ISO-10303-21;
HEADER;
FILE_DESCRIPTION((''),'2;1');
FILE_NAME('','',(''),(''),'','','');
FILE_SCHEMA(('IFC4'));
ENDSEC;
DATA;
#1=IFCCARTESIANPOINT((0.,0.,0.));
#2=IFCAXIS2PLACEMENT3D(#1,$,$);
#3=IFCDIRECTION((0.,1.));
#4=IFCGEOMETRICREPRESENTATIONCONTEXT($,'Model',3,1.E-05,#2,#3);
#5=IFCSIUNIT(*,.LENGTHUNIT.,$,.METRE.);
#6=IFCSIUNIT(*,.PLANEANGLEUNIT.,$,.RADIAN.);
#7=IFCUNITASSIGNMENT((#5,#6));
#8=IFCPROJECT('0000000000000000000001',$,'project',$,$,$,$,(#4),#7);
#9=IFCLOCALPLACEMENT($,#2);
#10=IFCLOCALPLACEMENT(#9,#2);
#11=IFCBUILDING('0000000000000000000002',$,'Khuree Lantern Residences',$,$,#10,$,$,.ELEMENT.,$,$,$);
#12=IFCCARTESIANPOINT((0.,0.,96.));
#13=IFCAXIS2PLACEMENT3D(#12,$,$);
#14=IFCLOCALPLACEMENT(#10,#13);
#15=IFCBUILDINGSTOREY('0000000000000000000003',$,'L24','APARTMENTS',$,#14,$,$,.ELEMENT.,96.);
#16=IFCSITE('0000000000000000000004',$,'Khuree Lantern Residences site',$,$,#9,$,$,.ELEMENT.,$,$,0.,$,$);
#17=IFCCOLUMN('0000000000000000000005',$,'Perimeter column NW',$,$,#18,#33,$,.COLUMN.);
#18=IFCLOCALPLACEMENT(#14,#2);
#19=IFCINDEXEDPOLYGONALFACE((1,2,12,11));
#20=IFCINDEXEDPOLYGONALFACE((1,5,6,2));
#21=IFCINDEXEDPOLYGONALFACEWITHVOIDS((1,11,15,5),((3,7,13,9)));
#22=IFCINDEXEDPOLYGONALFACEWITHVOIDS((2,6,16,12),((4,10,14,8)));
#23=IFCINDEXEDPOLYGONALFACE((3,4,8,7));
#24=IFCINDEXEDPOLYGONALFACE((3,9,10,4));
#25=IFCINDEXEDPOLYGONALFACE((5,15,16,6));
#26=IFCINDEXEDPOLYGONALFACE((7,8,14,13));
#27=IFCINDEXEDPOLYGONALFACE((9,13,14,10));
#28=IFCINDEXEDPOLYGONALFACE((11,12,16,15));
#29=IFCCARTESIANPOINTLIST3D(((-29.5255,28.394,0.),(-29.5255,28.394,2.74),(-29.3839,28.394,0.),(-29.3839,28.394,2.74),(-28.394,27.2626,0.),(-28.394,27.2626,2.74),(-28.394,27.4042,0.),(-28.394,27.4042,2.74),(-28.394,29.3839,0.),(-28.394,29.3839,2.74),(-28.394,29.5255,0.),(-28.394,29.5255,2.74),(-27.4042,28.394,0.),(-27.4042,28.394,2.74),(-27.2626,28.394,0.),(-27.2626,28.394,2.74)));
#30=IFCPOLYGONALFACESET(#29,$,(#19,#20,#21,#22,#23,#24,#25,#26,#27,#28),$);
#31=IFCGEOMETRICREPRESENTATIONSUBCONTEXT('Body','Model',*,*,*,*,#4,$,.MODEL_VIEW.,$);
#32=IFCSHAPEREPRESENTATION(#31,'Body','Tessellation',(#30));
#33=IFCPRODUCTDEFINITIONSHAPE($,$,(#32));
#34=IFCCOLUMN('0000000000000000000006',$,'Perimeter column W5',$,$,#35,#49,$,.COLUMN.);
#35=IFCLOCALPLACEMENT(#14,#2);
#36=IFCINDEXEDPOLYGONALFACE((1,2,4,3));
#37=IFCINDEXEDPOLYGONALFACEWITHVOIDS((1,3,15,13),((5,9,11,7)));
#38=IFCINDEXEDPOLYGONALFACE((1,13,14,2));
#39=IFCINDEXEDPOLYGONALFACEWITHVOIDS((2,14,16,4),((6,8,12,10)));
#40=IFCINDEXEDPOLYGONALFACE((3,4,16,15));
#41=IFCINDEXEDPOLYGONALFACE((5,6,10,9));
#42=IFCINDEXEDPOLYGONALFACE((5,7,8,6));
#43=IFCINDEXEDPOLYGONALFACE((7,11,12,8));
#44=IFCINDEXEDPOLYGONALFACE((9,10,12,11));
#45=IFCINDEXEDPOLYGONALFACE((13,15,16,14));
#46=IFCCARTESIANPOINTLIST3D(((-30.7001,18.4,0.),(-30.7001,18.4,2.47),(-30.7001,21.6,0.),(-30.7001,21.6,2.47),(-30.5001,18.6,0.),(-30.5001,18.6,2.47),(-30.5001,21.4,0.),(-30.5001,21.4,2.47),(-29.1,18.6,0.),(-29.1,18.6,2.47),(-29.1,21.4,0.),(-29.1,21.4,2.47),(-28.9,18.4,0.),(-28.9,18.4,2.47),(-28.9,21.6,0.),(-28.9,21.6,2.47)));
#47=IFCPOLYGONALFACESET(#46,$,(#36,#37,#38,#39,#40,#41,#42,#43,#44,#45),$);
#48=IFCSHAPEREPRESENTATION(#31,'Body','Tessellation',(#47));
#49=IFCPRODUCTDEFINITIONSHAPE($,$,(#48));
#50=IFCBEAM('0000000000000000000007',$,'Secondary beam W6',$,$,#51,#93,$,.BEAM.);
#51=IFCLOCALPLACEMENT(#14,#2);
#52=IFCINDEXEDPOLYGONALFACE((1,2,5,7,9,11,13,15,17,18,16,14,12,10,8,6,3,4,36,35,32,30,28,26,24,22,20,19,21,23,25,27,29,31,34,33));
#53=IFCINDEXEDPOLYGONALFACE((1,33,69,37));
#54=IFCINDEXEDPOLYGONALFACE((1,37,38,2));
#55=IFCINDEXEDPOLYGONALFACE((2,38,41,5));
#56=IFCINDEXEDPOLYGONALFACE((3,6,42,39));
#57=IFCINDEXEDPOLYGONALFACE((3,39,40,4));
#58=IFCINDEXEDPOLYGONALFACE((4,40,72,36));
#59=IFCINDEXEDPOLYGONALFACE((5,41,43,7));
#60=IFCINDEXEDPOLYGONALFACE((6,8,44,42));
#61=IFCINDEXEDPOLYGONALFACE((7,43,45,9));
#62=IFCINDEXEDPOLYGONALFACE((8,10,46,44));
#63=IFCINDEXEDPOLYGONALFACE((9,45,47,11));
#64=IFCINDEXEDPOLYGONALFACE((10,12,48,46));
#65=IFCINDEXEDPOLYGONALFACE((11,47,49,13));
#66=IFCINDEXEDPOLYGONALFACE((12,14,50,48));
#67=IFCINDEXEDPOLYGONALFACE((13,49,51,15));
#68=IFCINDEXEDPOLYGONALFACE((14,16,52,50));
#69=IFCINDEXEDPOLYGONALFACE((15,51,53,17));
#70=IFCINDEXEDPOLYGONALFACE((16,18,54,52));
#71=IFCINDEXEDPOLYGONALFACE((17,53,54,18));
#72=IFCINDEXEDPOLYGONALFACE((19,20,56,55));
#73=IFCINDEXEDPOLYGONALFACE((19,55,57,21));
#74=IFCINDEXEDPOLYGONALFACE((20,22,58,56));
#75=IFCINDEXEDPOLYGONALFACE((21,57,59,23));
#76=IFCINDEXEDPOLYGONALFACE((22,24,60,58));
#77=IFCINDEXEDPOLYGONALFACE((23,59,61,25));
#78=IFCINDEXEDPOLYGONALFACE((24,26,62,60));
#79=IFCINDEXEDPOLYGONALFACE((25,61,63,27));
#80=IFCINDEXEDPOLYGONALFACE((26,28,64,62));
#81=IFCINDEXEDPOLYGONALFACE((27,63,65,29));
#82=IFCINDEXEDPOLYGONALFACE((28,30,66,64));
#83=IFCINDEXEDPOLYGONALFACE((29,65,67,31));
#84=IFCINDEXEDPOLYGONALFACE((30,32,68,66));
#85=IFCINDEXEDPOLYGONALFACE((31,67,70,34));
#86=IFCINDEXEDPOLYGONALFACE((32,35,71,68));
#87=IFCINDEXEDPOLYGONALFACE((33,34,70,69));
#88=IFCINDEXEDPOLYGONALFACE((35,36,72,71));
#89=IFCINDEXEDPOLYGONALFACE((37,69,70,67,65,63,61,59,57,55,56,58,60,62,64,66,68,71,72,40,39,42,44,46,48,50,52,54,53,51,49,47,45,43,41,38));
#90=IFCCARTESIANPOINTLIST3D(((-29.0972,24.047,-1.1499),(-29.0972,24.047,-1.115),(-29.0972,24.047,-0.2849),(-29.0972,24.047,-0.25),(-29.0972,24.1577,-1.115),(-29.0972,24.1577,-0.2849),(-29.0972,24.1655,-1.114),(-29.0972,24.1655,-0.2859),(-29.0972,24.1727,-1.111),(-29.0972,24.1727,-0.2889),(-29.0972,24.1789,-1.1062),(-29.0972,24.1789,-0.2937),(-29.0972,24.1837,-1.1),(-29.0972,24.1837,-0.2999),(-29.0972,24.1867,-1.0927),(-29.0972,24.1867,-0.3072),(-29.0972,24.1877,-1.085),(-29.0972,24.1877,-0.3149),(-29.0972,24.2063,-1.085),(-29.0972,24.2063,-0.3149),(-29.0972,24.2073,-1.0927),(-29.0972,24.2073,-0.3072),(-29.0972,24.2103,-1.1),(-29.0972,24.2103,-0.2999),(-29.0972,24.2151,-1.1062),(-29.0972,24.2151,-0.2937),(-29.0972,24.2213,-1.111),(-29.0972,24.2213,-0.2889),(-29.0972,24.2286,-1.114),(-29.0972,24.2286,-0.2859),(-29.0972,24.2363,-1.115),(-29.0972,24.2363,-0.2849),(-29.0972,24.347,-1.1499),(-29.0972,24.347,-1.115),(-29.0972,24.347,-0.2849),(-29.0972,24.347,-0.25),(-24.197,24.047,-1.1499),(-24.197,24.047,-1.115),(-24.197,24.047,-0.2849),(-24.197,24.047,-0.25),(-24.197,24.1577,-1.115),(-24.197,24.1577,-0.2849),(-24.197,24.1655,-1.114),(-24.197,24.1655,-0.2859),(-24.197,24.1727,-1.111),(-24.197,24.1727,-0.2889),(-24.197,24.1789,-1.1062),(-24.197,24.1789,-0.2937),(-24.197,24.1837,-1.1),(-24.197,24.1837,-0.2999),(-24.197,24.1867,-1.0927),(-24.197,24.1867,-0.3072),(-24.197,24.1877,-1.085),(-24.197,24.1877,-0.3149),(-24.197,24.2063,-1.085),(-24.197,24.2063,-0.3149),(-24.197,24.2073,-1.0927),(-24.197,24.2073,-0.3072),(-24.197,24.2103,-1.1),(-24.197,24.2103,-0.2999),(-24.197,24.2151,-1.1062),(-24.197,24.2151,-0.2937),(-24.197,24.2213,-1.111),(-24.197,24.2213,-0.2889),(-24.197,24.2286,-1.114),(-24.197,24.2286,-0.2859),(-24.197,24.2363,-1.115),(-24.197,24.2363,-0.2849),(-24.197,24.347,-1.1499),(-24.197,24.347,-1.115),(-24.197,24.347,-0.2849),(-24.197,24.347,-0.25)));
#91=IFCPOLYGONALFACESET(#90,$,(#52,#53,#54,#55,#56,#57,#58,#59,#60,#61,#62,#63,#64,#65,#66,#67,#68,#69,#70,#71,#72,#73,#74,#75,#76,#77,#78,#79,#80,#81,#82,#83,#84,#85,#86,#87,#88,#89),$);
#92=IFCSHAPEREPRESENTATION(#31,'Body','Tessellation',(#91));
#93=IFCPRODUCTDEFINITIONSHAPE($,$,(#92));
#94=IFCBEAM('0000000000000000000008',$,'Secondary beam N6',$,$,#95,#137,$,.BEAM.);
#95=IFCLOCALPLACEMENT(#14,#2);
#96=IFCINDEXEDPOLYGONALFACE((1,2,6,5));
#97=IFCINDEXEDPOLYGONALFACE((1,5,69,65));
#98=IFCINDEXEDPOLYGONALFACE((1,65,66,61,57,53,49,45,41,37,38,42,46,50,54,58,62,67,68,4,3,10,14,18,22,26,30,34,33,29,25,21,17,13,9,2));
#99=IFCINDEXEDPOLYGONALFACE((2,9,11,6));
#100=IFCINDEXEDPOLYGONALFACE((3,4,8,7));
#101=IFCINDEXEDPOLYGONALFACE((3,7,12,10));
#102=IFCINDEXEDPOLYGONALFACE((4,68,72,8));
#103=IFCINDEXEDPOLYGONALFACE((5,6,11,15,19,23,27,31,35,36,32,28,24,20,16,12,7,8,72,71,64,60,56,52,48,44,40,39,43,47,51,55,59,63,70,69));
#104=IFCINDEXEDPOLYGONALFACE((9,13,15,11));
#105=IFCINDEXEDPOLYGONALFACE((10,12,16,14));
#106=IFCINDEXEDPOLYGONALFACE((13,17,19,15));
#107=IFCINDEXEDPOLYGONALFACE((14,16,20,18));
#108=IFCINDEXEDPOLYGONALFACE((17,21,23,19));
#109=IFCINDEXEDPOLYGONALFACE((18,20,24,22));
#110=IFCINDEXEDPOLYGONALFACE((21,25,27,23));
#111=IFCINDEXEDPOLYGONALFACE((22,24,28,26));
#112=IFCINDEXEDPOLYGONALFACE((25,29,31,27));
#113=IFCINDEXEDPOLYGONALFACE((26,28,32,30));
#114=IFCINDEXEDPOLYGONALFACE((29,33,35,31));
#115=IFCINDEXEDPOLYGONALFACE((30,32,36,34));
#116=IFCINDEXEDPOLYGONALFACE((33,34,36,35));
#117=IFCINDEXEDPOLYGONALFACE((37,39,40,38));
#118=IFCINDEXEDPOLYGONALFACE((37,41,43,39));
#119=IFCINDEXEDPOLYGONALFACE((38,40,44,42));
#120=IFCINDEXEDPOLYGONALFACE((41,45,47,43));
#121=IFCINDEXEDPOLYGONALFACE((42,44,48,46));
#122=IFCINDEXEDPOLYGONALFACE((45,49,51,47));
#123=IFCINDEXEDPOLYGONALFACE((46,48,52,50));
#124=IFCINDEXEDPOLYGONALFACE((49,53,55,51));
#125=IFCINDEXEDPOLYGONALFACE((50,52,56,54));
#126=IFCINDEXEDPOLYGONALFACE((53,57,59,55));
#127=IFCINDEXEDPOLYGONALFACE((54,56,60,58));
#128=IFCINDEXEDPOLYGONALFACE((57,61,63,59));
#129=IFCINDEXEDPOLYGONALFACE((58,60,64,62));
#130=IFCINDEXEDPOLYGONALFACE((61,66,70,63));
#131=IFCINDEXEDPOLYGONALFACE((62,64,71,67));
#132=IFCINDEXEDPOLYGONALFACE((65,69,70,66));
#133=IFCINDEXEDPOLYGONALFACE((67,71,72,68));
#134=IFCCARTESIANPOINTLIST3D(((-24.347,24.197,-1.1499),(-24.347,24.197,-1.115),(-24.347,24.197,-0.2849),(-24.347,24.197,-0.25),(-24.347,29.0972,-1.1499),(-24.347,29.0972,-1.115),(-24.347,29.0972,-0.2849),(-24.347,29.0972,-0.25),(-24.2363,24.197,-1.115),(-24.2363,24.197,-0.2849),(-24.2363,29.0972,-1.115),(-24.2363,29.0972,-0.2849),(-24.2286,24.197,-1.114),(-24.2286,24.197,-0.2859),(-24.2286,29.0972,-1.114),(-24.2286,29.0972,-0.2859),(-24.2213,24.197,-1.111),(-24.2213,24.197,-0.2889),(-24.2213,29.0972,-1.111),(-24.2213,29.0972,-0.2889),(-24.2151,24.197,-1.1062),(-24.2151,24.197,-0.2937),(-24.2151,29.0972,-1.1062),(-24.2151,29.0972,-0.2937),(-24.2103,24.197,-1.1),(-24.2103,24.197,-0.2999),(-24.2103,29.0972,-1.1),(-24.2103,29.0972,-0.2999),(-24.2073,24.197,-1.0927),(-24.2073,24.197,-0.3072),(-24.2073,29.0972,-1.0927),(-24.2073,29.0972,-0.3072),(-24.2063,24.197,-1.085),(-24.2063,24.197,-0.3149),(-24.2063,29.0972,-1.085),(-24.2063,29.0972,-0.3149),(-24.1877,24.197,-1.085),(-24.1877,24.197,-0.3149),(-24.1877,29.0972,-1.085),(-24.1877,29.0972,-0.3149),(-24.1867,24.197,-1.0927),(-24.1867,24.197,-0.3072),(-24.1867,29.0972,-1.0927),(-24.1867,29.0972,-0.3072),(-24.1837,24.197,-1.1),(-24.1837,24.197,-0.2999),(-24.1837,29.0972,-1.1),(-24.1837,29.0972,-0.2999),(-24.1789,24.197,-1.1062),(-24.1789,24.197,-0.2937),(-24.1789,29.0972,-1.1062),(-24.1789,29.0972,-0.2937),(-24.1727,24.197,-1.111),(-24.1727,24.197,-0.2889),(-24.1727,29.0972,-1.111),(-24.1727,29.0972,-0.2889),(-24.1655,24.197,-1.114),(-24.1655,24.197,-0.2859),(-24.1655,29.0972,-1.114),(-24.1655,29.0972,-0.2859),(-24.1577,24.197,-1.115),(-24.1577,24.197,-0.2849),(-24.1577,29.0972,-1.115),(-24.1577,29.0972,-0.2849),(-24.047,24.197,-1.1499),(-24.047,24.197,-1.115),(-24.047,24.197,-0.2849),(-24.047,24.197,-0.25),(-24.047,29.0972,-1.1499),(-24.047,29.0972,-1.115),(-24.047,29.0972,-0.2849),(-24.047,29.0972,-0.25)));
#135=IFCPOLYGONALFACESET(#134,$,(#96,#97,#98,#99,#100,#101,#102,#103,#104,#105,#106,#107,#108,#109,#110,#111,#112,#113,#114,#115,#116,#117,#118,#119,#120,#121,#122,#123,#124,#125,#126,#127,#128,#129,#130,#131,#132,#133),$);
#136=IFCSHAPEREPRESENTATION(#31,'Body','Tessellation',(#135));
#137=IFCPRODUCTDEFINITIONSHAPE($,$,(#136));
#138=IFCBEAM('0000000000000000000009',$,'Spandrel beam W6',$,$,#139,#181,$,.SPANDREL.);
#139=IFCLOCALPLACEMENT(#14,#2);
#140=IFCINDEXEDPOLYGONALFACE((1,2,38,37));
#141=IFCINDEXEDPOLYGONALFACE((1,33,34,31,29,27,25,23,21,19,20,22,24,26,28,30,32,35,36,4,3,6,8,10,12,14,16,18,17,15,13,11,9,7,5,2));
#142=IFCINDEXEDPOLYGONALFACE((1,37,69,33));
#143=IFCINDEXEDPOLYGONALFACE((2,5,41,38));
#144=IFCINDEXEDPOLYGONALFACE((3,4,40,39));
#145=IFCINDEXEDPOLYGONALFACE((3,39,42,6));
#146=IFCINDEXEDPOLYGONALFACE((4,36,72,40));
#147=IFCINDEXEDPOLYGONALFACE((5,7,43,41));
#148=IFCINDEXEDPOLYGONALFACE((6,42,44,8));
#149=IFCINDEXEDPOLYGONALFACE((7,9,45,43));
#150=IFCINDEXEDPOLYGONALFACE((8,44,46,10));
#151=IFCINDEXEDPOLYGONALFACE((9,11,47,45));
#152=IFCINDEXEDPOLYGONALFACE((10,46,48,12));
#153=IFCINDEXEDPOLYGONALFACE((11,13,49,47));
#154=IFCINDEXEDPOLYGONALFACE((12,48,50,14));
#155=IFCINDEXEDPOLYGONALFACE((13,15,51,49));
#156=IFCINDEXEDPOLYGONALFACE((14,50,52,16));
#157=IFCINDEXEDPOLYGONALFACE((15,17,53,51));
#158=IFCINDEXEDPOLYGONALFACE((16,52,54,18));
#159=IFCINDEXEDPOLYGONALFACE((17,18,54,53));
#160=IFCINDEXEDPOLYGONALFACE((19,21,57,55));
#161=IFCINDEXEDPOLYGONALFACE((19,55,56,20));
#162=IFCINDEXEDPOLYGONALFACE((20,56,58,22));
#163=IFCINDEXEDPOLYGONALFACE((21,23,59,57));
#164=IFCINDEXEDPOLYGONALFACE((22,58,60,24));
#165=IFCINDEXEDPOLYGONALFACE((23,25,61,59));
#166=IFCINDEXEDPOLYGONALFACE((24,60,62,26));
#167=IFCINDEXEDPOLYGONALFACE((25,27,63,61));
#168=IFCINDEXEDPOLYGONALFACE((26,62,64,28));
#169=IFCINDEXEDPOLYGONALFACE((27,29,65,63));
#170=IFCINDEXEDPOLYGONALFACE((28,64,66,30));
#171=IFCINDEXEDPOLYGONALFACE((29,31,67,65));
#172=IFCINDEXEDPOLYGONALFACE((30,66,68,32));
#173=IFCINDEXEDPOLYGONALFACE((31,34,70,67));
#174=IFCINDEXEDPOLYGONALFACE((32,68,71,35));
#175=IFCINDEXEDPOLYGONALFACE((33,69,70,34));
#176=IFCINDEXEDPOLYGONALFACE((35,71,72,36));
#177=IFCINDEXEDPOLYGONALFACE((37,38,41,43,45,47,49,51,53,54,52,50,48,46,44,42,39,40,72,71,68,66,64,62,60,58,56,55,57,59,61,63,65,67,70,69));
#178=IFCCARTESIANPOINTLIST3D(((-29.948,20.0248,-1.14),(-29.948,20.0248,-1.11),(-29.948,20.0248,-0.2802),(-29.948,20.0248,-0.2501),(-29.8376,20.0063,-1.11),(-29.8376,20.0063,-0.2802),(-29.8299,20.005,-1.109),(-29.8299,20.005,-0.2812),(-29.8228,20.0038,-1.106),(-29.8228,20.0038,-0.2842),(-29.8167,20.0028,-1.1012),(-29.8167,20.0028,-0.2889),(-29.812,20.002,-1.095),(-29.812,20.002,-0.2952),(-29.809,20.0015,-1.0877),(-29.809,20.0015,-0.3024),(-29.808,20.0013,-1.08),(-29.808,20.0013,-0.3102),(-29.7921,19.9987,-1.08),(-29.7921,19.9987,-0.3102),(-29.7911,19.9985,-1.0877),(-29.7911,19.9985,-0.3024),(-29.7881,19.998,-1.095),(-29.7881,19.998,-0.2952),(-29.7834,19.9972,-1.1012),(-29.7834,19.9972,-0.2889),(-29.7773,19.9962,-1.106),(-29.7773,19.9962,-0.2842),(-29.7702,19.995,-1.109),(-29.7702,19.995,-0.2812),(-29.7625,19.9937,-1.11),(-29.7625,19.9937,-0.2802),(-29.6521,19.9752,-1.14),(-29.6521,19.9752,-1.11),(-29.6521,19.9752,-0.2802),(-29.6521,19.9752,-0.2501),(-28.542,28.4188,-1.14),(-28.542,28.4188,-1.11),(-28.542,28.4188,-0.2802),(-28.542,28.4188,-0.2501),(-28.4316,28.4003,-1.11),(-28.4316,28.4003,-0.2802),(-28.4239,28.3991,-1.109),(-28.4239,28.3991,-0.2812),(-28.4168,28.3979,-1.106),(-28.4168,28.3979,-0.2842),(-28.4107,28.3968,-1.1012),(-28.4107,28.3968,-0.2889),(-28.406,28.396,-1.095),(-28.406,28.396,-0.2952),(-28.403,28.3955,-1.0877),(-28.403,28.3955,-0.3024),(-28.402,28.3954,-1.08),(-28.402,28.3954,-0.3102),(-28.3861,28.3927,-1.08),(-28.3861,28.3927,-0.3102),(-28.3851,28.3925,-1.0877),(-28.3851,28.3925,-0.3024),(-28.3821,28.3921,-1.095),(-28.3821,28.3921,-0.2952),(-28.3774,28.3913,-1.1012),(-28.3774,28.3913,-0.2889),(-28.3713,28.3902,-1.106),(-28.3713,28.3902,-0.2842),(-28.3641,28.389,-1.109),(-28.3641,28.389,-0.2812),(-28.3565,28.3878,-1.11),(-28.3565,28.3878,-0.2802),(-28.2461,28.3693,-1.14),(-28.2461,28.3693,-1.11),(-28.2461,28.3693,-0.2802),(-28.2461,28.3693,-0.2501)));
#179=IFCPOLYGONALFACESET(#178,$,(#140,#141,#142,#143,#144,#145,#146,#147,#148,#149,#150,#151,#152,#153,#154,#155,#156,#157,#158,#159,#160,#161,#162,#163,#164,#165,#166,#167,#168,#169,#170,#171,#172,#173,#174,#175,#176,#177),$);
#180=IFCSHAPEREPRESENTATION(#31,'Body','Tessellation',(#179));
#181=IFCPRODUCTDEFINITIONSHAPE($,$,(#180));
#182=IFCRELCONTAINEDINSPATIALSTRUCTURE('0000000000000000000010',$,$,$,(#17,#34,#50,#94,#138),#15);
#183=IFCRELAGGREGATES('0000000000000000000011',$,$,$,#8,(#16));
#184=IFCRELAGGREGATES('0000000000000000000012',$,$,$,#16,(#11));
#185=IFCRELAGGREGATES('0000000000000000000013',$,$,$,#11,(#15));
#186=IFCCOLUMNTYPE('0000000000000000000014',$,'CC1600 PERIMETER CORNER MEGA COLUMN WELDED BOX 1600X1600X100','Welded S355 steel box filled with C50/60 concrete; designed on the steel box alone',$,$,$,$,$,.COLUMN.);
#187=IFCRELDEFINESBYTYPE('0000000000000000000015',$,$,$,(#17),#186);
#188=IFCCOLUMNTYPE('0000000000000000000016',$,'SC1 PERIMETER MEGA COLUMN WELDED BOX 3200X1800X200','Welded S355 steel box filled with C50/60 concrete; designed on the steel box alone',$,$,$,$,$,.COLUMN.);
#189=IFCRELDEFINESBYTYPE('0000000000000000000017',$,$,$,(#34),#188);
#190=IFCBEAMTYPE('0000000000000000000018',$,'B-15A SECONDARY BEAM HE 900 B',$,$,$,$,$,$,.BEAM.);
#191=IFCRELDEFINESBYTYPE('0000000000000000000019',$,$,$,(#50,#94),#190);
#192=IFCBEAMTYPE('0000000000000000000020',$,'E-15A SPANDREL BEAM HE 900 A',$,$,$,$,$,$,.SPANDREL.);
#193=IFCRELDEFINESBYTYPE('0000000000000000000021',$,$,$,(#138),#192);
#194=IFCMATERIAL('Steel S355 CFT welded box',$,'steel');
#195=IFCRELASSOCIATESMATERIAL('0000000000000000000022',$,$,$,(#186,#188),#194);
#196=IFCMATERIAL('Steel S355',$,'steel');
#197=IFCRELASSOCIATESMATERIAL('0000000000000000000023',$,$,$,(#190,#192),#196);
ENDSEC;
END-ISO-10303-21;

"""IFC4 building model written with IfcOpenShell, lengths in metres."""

from ifc_helpers import new_model, si_unit, direction, frame, origin, origin_2d, place, context, subcontext, project, spatial, hollow_rectangle, i_section, extrude, material, material_profile, profile_set, type_object, element, save


model = new_model("IFC4")

# Units and contexts
model_context = context("Model", 3, precision=1e-05, world=origin(), true_north=direction((0.0, 1.0)))
body_context = subcontext(model_context, "Body", "Model", "MODEL_VIEW")
ifc_project = project(units=[si_unit("LENGTHUNIT", "METRE"), si_unit("PLANEANGLEUNIT", "RADIAN")], contexts=[model_context])

# Site, building, storey
site_placement = place(None, origin())
site = spatial("IfcSite", under=ifc_project, at=site_placement, Name="Khuree Lantern Residences site", CompositionType="ELEMENT", RefElevation=0.0)
building_placement = place(site_placement, origin())
building = spatial("IfcBuilding", under=site, at=building_placement, Name="Khuree Lantern Residences", CompositionType="ELEMENT")
storey_placement = place(building_placement, frame((0.0, 0.0, 96.0)))
storey = spatial("IfcBuildingStorey", under=building, at=storey_placement, Name="L24", Description="APARTMENTS", CompositionType="ELEMENT", Elevation=96.0)

# Columns
ifc_material_1 = material(Name="Steel S355 CFT welded box", Category="steel")
ifc_material_profile_1 = material_profile(ifc_material_1, hollow_rectangle(XDim=1.6001, YDim=1.6001, WallThickness=0.1001, at=origin_2d()), Name="WELDED BOX 1600X1600X100")
ifc_profile_set_1 = profile_set([ifc_material_profile_1], Name="Steel S355 CFT welded box")
column_type_1 = type_object("IfcColumnType", Name="CC1600 PERIMETER CORNER MEGA COLUMN WELDED BOX 1600X1600X100", Description="Welded S355 steel box filled with C50/60 concrete; designed on the steel box alone", PredefinedType="COLUMN", material=ifc_profile_set_1)
column_1_placement = place(storey_placement, frame((-28.394, 28.394, 0.0), z_axis=(0.0, 0.0, 1.0), x_axis=(0.707107, 0.707107, 0.0)))
element("IfcColumn", 1, at=column_1_placement, inside=storey, type_object=column_type_1, Name="Perimeter column NW", PredefinedType="COLUMN", context=body_context, shape_type="SweptSolid", body=[
    extrude(hollow_rectangle(XDim=1.6001, YDim=1.6001, WallThickness=0.1001, at=origin_2d()), origin(), (0.0, 0.0, 1.0), 2.74),
])
ifc_material_profile_2 = material_profile(ifc_material_1, hollow_rectangle(XDim=3.2, YDim=1.8, WallThickness=0.2, at=origin_2d()), Name="WELDED BOX 3200X1800X200")
ifc_profile_set_2 = profile_set([ifc_material_profile_2], Name="Steel S355 CFT welded box")
column_type_2 = type_object("IfcColumnType", Name="SC1 PERIMETER MEGA COLUMN WELDED BOX 3200X1800X200", Description="Welded S355 steel box filled with C50/60 concrete; designed on the steel box alone", PredefinedType="COLUMN", material=ifc_profile_set_2)
column_2_placement = place(storey_placement, frame((-29.8, 20.0, 0.0), z_axis=(0.0, 0.0, 1.0), x_axis=(0.0, 1.0, 0.0)))
element("IfcColumn", 2, at=column_2_placement, inside=storey, type_object=column_type_2, Name="Perimeter column W5", PredefinedType="COLUMN", context=body_context, shape_type="SweptSolid", body=[
    extrude(hollow_rectangle(XDim=3.2, YDim=1.8, WallThickness=0.2, at=origin_2d()), origin(), (0.0, 0.0, 1.0), 2.47),
])

# Beams
ifc_material_2 = material(Name="Steel S355", Category="steel")
ifc_material_profile_3 = material_profile(ifc_material_2, i_section(OverallWidth=0.3, OverallDepth=0.8999, WebThickness=0.0186, FlangeThickness=0.0349, FilletRadius=0.03, at=origin_2d()), Name="HE 900 B")
ifc_profile_set_3 = profile_set([ifc_material_profile_3], Name="Steel S355")
beam_type_1 = type_object("IfcBeamType", Name="B-15A SECONDARY BEAM HE 900 B", PredefinedType="BEAM", material=ifc_profile_set_3)
for number, where, z_axis, x_axis, name in (
    (3, (-29.0972, 24.197, -0.7), (1.0, 0.0, 0.0), (0.0, 1.0, 0.0), "Secondary beam W6"),
    (4, (-24.197, 29.0972, -0.7), (0.0, -1.0, 0.0), (1.0, 0.0, 0.0), "Secondary beam N6"),
):
    element("IfcBeam", number, at=place(storey_placement, frame(where, z_axis=z_axis, x_axis=x_axis)), inside=storey, type_object=beam_type_1, Name=name, PredefinedType="BEAM", context=body_context, shape_type="SweptSolid", body=[
        extrude(i_section(OverallWidth=0.3, OverallDepth=0.8999, WebThickness=0.0186, FlangeThickness=0.0349, FilletRadius=0.03, at=origin_2d()), origin(), (0.0, 0.0, 1.0), 4.9001),
    ])
ifc_material_profile_4 = material_profile(ifc_material_2, i_section(OverallWidth=0.3, OverallDepth=0.8899, WebThickness=0.0161, FlangeThickness=0.03, FilletRadius=0.03, at=origin_2d()), Name="HE 900 A")
ifc_profile_set_4 = profile_set([ifc_material_profile_4], Name="Steel S355")
beam_type_2 = type_object("IfcBeamType", Name="E-15A SPANDREL BEAM HE 900 A", PredefinedType="SPANDREL", material=ifc_profile_set_4)
for number, where, z_axis, x_axis, name in (
    (5, (-29.8, 20.0, -0.6951), (0.165199, 0.98626, 0.0), (-0.98626, 0.165199, 0.0), "Spandrel beam W6"),
):
    element("IfcBeam", number, at=place(storey_placement, frame(where, z_axis=z_axis, x_axis=x_axis)), inside=storey, type_object=beam_type_2, Name=name, PredefinedType="SPANDREL", context=body_context, shape_type="SweptSolid", body=[
        extrude(i_section(OverallWidth=0.3, OverallDepth=0.8899, WebThickness=0.0161, FlangeThickness=0.03, FilletRadius=0.03, at=origin_2d()), origin(), (0.0, 0.0, 1.0), 8.511),
    ])

save(model, "model.ifc")
